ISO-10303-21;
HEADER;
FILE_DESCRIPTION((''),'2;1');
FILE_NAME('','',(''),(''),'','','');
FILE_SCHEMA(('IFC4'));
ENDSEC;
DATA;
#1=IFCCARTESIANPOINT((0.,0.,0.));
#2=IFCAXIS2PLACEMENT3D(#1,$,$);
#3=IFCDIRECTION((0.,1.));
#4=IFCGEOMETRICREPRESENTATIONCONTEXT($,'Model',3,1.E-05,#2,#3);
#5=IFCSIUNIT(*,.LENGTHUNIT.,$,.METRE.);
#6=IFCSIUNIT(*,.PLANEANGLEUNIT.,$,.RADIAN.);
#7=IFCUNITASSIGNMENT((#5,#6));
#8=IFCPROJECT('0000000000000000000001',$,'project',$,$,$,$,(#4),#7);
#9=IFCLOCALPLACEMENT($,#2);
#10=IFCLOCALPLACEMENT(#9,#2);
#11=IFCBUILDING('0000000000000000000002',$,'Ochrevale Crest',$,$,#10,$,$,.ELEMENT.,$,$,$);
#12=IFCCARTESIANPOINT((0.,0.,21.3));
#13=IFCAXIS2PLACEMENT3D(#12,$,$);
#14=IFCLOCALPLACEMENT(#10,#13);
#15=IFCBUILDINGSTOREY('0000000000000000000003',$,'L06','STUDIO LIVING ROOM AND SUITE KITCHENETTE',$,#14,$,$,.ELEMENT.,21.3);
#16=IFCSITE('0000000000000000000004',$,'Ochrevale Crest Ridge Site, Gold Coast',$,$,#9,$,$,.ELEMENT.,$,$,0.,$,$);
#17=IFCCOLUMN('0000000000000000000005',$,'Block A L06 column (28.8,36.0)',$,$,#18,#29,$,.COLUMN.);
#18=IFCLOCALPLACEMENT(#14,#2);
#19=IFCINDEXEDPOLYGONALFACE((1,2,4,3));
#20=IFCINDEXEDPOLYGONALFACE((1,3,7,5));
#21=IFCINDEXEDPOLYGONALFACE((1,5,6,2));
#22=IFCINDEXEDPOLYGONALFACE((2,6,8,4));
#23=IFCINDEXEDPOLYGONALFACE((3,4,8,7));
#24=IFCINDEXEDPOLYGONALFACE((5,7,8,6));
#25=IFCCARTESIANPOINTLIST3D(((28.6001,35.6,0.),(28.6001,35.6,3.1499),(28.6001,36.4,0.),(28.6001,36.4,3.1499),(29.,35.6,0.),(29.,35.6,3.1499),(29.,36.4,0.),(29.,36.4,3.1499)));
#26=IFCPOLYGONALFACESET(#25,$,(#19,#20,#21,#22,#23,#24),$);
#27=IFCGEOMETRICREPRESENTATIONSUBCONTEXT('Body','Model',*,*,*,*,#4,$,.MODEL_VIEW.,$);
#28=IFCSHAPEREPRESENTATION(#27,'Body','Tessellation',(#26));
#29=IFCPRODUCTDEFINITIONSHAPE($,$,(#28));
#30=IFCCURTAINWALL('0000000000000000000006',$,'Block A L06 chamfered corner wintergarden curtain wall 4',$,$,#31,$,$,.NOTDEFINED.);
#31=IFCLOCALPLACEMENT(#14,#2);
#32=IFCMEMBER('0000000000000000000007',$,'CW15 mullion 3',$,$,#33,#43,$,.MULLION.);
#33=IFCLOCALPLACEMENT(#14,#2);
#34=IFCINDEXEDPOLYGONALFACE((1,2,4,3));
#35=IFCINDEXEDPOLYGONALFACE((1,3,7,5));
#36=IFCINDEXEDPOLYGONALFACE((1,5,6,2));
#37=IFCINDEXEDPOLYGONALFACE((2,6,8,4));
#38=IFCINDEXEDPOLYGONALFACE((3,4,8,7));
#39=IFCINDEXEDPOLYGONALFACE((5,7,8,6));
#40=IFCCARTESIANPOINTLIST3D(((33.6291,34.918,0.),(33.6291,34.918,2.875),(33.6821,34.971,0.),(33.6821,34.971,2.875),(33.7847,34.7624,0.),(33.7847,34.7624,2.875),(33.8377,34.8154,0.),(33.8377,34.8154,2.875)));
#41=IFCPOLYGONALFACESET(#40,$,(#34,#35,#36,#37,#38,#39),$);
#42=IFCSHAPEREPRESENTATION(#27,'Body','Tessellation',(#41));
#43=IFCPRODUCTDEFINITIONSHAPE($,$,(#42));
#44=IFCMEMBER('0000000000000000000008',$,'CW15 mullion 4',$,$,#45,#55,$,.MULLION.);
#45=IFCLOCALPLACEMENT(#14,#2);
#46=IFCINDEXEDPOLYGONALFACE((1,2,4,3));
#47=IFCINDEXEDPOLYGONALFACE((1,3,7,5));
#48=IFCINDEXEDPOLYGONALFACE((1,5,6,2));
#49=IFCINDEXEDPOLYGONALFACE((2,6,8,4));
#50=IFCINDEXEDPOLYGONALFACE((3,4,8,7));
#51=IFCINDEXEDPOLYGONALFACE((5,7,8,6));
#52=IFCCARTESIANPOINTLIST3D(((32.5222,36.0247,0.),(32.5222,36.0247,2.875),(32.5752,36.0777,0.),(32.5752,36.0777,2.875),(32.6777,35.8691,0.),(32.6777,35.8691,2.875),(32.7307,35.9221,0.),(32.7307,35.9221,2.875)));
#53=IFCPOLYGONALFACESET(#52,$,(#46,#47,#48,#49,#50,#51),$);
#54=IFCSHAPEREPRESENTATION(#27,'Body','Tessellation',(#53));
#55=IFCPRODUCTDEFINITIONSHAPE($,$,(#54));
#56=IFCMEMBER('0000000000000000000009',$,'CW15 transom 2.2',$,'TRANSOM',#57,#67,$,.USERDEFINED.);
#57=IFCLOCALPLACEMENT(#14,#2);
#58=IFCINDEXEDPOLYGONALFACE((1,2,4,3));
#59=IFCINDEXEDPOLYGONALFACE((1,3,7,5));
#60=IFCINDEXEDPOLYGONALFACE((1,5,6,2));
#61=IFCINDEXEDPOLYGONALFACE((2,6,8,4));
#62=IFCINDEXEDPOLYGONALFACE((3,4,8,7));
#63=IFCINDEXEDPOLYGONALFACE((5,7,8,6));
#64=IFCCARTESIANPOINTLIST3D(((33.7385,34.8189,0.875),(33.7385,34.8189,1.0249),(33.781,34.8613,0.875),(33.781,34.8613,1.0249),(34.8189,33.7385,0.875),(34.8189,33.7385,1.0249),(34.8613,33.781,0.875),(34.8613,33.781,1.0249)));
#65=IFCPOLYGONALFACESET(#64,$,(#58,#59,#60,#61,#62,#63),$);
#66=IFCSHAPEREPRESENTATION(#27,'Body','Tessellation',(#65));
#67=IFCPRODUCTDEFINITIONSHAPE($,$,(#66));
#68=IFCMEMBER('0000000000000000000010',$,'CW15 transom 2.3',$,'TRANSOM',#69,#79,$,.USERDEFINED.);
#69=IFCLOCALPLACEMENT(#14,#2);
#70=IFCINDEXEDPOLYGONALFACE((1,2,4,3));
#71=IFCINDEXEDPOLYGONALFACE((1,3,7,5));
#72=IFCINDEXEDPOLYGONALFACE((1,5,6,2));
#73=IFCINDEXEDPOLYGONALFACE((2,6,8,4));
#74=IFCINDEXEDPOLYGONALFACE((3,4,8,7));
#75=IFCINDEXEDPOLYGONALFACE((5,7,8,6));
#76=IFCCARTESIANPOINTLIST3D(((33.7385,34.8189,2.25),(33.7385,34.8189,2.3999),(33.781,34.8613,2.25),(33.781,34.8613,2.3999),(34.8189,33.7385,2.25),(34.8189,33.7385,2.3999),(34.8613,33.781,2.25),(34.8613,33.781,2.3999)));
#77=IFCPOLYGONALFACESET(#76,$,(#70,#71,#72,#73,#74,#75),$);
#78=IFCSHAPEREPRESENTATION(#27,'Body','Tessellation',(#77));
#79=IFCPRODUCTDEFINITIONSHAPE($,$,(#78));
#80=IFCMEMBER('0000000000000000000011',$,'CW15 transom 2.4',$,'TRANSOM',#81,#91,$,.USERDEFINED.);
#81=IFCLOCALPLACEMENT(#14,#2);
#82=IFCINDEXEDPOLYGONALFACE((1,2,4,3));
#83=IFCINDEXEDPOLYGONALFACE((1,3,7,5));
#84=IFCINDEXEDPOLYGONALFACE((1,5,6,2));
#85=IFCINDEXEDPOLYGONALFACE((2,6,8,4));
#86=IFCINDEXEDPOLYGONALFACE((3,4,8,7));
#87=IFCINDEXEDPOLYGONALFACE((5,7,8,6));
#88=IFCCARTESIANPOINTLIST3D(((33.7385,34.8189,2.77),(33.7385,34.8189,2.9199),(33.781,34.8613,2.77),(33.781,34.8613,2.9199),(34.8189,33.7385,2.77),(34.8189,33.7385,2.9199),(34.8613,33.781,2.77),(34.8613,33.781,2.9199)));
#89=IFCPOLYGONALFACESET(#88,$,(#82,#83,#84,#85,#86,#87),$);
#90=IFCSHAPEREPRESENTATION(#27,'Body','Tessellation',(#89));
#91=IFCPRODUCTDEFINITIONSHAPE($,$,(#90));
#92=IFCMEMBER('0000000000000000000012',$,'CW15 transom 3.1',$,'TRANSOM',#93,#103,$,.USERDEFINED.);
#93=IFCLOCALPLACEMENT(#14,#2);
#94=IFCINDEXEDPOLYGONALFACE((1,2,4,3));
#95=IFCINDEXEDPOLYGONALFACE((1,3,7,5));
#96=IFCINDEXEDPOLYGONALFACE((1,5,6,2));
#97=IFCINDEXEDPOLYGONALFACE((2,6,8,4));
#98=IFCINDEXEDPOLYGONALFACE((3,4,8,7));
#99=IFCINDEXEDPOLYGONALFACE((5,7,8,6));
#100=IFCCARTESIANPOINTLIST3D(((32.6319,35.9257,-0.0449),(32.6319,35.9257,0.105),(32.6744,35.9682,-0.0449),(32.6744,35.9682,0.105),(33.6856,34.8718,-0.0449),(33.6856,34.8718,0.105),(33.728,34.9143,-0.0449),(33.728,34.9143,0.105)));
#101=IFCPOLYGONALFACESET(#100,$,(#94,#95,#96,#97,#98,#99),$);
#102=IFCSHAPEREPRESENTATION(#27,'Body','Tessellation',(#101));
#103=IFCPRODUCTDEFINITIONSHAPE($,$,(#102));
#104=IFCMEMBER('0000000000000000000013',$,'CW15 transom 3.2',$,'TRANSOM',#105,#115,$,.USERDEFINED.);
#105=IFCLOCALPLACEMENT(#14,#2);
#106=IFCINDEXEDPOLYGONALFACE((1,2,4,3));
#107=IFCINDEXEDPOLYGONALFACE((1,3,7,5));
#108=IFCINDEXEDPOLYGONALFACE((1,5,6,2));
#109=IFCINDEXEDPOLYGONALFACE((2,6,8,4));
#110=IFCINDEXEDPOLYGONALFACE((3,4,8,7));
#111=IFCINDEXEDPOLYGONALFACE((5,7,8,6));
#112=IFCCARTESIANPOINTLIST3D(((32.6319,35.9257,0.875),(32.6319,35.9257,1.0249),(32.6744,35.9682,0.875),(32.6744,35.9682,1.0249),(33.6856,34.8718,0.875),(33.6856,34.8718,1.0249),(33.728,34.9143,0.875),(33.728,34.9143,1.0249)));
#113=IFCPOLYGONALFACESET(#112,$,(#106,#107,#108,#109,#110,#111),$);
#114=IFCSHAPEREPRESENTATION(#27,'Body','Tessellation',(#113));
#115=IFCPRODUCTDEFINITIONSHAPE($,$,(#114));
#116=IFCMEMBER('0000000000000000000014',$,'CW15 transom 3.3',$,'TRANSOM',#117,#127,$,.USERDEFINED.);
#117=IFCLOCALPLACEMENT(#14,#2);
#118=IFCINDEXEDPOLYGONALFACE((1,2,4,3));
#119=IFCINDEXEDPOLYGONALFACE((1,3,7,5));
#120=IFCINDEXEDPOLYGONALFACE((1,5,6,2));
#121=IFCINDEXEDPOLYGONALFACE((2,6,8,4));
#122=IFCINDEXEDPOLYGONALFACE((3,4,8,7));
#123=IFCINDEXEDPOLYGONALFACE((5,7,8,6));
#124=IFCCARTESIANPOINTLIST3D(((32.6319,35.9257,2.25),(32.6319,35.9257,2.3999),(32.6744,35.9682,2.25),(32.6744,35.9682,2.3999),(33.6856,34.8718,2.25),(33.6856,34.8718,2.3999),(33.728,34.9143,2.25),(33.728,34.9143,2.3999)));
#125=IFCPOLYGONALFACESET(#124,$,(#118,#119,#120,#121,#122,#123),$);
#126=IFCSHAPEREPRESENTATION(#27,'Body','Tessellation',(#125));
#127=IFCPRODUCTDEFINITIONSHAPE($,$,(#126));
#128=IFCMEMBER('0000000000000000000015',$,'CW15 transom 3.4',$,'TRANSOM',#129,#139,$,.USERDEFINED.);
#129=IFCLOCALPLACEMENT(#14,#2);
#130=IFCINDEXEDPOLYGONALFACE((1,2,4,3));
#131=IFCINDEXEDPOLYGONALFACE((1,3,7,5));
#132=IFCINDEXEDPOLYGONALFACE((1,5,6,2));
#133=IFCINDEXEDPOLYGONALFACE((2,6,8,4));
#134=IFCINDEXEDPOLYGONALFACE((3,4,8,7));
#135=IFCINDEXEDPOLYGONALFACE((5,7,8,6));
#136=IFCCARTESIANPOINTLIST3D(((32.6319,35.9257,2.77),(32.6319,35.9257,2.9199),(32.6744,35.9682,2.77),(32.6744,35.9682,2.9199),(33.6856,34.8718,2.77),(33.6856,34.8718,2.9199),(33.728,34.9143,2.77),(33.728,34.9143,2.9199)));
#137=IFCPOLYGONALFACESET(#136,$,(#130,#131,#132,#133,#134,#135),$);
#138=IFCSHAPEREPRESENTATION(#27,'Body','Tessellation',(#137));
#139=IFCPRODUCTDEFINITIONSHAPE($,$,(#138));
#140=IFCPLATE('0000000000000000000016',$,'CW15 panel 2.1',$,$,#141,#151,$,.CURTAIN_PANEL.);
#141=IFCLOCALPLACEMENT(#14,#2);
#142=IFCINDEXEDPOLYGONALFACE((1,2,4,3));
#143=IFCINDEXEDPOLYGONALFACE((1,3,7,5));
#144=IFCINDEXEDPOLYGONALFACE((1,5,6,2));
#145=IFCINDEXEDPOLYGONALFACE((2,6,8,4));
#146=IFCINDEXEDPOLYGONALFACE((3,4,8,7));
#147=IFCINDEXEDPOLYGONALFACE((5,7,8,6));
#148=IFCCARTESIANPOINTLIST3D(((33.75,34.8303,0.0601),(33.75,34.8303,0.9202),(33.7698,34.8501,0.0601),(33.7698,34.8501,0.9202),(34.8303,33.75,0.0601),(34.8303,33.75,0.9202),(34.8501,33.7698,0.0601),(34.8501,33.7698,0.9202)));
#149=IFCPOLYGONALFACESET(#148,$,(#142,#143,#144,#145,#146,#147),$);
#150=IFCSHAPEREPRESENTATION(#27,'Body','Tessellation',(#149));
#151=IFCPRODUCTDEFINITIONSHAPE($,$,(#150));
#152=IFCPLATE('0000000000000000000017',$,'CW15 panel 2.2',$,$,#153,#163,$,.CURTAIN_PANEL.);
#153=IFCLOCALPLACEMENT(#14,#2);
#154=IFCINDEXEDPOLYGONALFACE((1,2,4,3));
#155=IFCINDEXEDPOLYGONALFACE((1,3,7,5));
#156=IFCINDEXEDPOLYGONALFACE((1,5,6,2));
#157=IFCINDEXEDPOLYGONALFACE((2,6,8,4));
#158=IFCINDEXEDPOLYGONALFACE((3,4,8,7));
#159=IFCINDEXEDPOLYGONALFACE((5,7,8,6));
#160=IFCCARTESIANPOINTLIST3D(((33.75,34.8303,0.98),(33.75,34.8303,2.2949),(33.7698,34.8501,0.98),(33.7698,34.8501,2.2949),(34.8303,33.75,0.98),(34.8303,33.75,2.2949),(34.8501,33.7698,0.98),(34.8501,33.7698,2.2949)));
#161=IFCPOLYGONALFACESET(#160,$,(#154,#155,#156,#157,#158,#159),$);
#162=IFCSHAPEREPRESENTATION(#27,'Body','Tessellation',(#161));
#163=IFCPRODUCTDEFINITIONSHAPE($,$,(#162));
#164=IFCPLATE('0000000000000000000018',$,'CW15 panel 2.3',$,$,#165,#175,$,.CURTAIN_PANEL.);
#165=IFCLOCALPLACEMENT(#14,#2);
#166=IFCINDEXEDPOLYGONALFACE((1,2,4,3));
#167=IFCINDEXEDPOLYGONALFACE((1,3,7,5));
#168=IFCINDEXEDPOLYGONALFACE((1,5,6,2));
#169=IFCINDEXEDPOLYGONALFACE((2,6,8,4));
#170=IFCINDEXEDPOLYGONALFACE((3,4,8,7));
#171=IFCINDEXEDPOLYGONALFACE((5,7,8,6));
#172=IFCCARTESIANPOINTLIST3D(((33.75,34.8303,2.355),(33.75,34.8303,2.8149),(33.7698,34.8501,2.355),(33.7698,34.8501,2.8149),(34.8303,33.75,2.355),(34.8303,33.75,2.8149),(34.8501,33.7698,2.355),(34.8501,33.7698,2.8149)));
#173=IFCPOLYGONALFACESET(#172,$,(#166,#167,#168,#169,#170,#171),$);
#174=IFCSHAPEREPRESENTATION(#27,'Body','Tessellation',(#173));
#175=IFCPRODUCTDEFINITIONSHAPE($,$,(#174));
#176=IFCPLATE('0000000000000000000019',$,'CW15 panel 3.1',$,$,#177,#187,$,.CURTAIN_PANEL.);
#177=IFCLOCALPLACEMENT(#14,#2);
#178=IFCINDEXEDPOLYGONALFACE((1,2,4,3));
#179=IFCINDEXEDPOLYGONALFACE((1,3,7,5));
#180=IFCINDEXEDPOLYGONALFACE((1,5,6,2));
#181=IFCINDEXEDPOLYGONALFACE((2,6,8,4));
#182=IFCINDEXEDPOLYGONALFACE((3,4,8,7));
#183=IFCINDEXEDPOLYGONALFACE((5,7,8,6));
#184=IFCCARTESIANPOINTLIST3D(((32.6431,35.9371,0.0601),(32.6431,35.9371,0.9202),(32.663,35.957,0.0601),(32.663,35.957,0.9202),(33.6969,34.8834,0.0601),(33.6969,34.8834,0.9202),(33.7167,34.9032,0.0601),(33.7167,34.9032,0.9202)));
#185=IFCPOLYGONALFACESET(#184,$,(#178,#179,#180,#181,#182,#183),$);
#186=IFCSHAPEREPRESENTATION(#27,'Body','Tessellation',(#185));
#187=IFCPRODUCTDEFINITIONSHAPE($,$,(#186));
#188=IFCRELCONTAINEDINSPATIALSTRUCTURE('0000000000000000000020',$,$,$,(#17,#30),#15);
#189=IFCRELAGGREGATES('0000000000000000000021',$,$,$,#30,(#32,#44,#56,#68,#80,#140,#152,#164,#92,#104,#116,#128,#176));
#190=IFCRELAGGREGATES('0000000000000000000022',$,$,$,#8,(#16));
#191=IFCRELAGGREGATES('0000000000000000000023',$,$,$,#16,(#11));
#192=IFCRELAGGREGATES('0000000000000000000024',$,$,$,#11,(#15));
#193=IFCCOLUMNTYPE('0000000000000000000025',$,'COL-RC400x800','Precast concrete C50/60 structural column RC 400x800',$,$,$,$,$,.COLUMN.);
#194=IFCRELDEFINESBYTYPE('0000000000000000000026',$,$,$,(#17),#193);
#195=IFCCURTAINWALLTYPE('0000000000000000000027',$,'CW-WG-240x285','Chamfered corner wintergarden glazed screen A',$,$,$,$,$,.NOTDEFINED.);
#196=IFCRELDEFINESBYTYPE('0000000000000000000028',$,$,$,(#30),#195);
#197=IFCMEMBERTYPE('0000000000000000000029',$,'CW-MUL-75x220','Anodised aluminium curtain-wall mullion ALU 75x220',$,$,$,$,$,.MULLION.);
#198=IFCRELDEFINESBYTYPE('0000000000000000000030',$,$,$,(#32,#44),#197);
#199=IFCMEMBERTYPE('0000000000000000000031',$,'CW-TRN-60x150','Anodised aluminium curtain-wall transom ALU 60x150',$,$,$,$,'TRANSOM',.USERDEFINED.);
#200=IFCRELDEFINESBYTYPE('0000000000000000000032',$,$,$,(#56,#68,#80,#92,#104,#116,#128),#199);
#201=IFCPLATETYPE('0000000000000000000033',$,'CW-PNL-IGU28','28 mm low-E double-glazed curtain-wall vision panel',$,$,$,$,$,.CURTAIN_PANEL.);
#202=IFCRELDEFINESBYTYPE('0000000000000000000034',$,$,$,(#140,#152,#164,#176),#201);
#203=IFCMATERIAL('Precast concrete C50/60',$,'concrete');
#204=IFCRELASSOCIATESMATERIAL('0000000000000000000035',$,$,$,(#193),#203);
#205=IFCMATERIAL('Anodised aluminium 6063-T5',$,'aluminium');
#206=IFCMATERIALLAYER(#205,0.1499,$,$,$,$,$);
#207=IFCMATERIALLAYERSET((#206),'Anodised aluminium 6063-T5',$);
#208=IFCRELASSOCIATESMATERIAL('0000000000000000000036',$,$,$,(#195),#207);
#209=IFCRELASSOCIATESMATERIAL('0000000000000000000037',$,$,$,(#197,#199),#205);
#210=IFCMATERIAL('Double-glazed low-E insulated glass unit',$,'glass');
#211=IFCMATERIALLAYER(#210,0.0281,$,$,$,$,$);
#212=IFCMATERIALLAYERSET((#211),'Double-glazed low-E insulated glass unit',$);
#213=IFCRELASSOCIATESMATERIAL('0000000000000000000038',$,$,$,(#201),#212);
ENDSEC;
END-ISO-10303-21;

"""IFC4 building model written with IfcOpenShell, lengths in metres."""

from ifc_helpers import new_model, si_unit, direction, frame, origin, origin_2d, place, context, subcontext, project, spatial, rectangle, extrude, material, layer, layer_set, material_profile, profile_set, type_object, element, aggregate, save


model = new_model("IFC4")

# Units and contexts
model_context = context("Model", 3, precision=1e-05, world=origin(), true_north=direction((0.0, 1.0)))
body_context = subcontext(model_context, "Body", "Model", "MODEL_VIEW")
ifc_project = project(units=[si_unit("LENGTHUNIT", "METRE"), si_unit("PLANEANGLEUNIT", "RADIAN")], contexts=[model_context])

# Site, building, storey
site_placement = place(None, origin())
site = spatial("IfcSite", under=ifc_project, at=site_placement, Name="Ochrevale Crest Ridge Site, Gold Coast", CompositionType="ELEMENT", RefElevation=0.0)
building_placement = place(site_placement, origin())
building = spatial("IfcBuilding", under=site, at=building_placement, Name="Ochrevale Crest", CompositionType="ELEMENT")
storey_placement = place(building_placement, frame((0.0, 0.0, 21.3)))
storey = spatial("IfcBuildingStorey", under=building, at=storey_placement, Name="L06", Description="STUDIO LIVING ROOM AND SUITE KITCHENETTE", CompositionType="ELEMENT", Elevation=21.3)

# Column
ifc_material_1 = material(Name="Precast concrete C50/60", Category="concrete")
ifc_material_profile_1 = material_profile(ifc_material_1, rectangle(XDim=0.3999, YDim=0.8, at=origin_2d()), Name="RC 400x800")
ifc_profile_set_1 = profile_set([ifc_material_profile_1], Name="Precast concrete C50/60")
column_type = type_object("IfcColumnType", Name="COL-RC400x800", Description="Precast concrete C50/60 structural column RC 400x800", PredefinedType="COLUMN", material=ifc_profile_set_1)
column_placement = place(storey_placement, frame((28.8, 36.0, 0.0), z_axis=(0.0, 0.0, 1.0), x_axis=(1.0, 0.0, 0.0)))
element("IfcColumn", 1, at=column_placement, inside=storey, type_object=column_type, Name="Block A L06 column (28.8,36.0)", PredefinedType="COLUMN", context=body_context, shape_type="SweptSolid", body=[
    extrude(rectangle(XDim=0.3999, YDim=0.8, at=origin_2d()), origin(), (0.0, 0.0, 1.0), 3.1499),
])

# Curtain wall, members, plates
ifc_material_2 = material(Name="Anodised aluminium 6063-T5", Category="aluminium")
ifc_layer_1 = layer(ifc_material_2, 0.1499)
ifc_layer_set_1 = layer_set([ifc_layer_1], Name="Anodised aluminium 6063-T5")
curtain_wall_type = type_object("IfcCurtainWallType", Name="CW-WG-240x285", Description="Chamfered corner wintergarden glazed screen A", PredefinedType="NOTDEFINED", material=ifc_layer_set_1)
curtain_wall_placement = place(storey_placement, origin())
curtain_wall = element("IfcCurtainWall", 2, at=curtain_wall_placement, inside=storey, type_object=curtain_wall_type, Name="Block A L06 chamfered corner wintergarden curtain wall 4", PredefinedType="NOTDEFINED")
ifc_material_profile_2 = material_profile(ifc_material_2, rectangle(XDim=0.075, YDim=0.22, at=origin_2d()), Name="ALU 75x220")
ifc_profile_set_2 = profile_set([ifc_material_profile_2], Name="Anodised aluminium 6063-T5")
member_type_1 = type_object("IfcMemberType", Name="CW-MUL-75x220", Description="Anodised aluminium curtain-wall mullion ALU 75x220", PredefinedType="MULLION", material=ifc_profile_set_2)
member_1_placement = place(storey_placement, frame((33.7334, 34.8667, 0.0), z_axis=(0.0, 0.0, 1.0), x_axis=(-0.707107, -0.707107, 0.0)))
member_1 = element("IfcMember", 3, at=member_1_placement, type_object=member_type_1, Name="CW15 mullion 3", PredefinedType="MULLION", context=body_context, shape_type="SweptSolid", body=[
    extrude(rectangle(XDim=0.075, YDim=0.22, at=origin_2d()), origin(), (0.0, 0.0, 1.0), 2.875),
])
member_2_placement = place(storey_placement, frame((32.6265, 35.9734, 0.0), z_axis=(0.0, 0.0, 1.0), x_axis=(-0.707107, -0.707107, 0.0)))
member_2 = element("IfcMember", 4, at=member_2_placement, type_object=member_type_1, Name="CW15 mullion 4", PredefinedType="MULLION", context=body_context, shape_type="SweptSolid", body=[
    extrude(rectangle(XDim=0.075, YDim=0.22, at=origin_2d()), origin(), (0.0, 0.0, 1.0), 2.875),
])
ifc_material_profile_3 = material_profile(ifc_material_2, rectangle(XDim=0.0601, YDim=0.1499, at=origin_2d()), Name="ALU 60x150")
ifc_profile_set_3 = profile_set([ifc_material_profile_3], Name="Anodised aluminium 6063-T5")
member_type_2 = type_object("IfcMemberType", Name="CW-TRN-60x150", Description="Anodised aluminium curtain-wall transom ALU 60x150", ElementType="TRANSOM", PredefinedType="USERDEFINED", material=ifc_profile_set_3)
member_3_placement = place(storey_placement, frame((34.8401, 33.7598, 0.95), z_axis=(-0.707107, 0.707107, 0.0), x_axis=(-0.707107, -0.707107, 0.0)))
member_3 = element("IfcMember", 5, at=member_3_placement, type_object=member_type_2, Name="CW15 transom 2.2", ObjectType="TRANSOM", PredefinedType="USERDEFINED", context=body_context, shape_type="SweptSolid", body=[
    extrude(rectangle(XDim=0.0601, YDim=0.1499, at=origin_2d()), origin(), (0.0, 0.0, 1.0), 1.5278),
])
member_4_placement = place(storey_placement, frame((34.8401, 33.7598, 2.325), z_axis=(-0.707107, 0.707107, 0.0), x_axis=(-0.707107, -0.707107, 0.0)))
member_4 = element("IfcMember", 6, at=member_4_placement, type_object=member_type_2, Name="CW15 transom 2.3", ObjectType="TRANSOM", PredefinedType="USERDEFINED", context=body_context, shape_type="SweptSolid", body=[
    extrude(rectangle(XDim=0.0601, YDim=0.1499, at=origin_2d()), origin(), (0.0, 0.0, 1.0), 1.5278),
])
member_5_placement = place(storey_placement, frame((34.8401, 33.7598, 2.845), z_axis=(-0.707107, 0.707107, 0.0), x_axis=(-0.707107, -0.707107, 0.0)))
member_5 = element("IfcMember", 7, at=member_5_placement, type_object=member_type_2, Name="CW15 transom 2.4", ObjectType="TRANSOM", PredefinedType="USERDEFINED", context=body_context, shape_type="SweptSolid", body=[
    extrude(rectangle(XDim=0.0601, YDim=0.1499, at=origin_2d()), origin(), (0.0, 0.0, 1.0), 1.5278),
])
member_6_placement = place(storey_placement, frame((33.7068, 34.8931, 0.03), z_axis=(-0.707025, 0.707189, 0.0), x_axis=(-0.707189, -0.707025, 0.0)))
member_6 = element("IfcMember", 8, at=member_6_placement, type_object=member_type_2, Name="CW15 transom 3.1", ObjectType="TRANSOM", PredefinedType="USERDEFINED", context=body_context, shape_type="SweptSolid", body=[
    extrude(rectangle(XDim=0.0601, YDim=0.1499, at=origin_2d()), origin(), (0.0, 0.0, 1.0), 1.4902),
])
member_7_placement = place(storey_placement, frame((33.7068, 34.8931, 0.95), z_axis=(-0.707025, 0.707189, 0.0), x_axis=(-0.707189, -0.707025, 0.0)))
member_7 = element("IfcMember", 9, at=member_7_placement, type_object=member_type_2, Name="CW15 transom 3.2", ObjectType="TRANSOM", PredefinedType="USERDEFINED", context=body_context, shape_type="SweptSolid", body=[
    extrude(rectangle(XDim=0.0601, YDim=0.1499, at=origin_2d()), origin(), (0.0, 0.0, 1.0), 1.4902),
])
member_8_placement = place(storey_placement, frame((33.7068, 34.8931, 2.325), z_axis=(-0.707025, 0.707189, 0.0), x_axis=(-0.707189, -0.707025, 0.0)))
member_8 = element("IfcMember", 10, at=member_8_placement, type_object=member_type_2, Name="CW15 transom 3.3", ObjectType="TRANSOM", PredefinedType="USERDEFINED", context=body_context, shape_type="SweptSolid", body=[
    extrude(rectangle(XDim=0.0601, YDim=0.1499, at=origin_2d()), origin(), (0.0, 0.0, 1.0), 1.4902),
])
member_9_placement = place(storey_placement, frame((33.7068, 34.8931, 2.845), z_axis=(-0.707025, 0.707189, 0.0), x_axis=(-0.707189, -0.707025, 0.0)))
member_9 = element("IfcMember", 11, at=member_9_placement, type_object=member_type_2, Name="CW15 transom 3.4", ObjectType="TRANSOM", PredefinedType="USERDEFINED", context=body_context, shape_type="SweptSolid", body=[
    extrude(rectangle(XDim=0.0601, YDim=0.1499, at=origin_2d()), origin(), (0.0, 0.0, 1.0), 1.4902),
])
ifc_material_3 = material(Name="Double-glazed low-E insulated glass unit", Category="glass")
ifc_layer_2 = layer(ifc_material_3, 0.0281)
ifc_layer_set_2 = layer_set([ifc_layer_2], Name="Double-glazed low-E insulated glass unit")
plate_type = type_object("IfcPlateType", Name="CW-PNL-IGU28", Description="28 mm low-E double-glazed curtain-wall vision panel", PredefinedType="CURTAIN_PANEL", material=ifc_layer_set_2)
plate_1_placement = place(storey_placement, frame((34.3, 34.3, 0.0601), z_axis=(0.0, 0.0, 1.0), x_axis=(-0.707107, 0.707107, 0.0)))
plate_1 = element("IfcPlate", 12, at=plate_1_placement, type_object=plate_type, Name="CW15 panel 2.1", PredefinedType="CURTAIN_PANEL", context=body_context, shape_type="SweptSolid", body=[
    extrude(rectangle(XDim=1.5278, YDim=0.0281, at=origin_2d()), origin(), (0.0, 0.0, 1.0), 0.8601),
])
plate_2_placement = place(storey_placement, frame((34.3, 34.3, 0.98), z_axis=(0.0, 0.0, 1.0), x_axis=(-0.707107, 0.707107, 0.0)))
plate_2 = element("IfcPlate", 13, at=plate_2_placement, type_object=plate_type, Name="CW15 panel 2.2", PredefinedType="CURTAIN_PANEL", context=body_context, shape_type="SweptSolid", body=[
    extrude(rectangle(XDim=1.5278, YDim=0.0281, at=origin_2d()), origin(), (0.0, 0.0, 1.0), 1.3149),
])
plate_3_placement = place(storey_placement, frame((34.3, 34.3, 2.355), z_axis=(0.0, 0.0, 1.0), x_axis=(-0.707107, 0.707107, 0.0)))
plate_3 = element("IfcPlate", 14, at=plate_3_placement, type_object=plate_type, Name="CW15 panel 2.3", PredefinedType="CURTAIN_PANEL", context=body_context, shape_type="SweptSolid", body=[
    extrude(rectangle(XDim=1.5278, YDim=0.0281, at=origin_2d()), origin(), (0.0, 0.0, 1.0), 0.46),
])
plate_4_placement = place(storey_placement, frame((33.1799, 35.4202, 0.0601), z_axis=(0.0, 0.0, 1.0), x_axis=(-0.707107, 0.707107, 0.0)))
plate_4 = element("IfcPlate", 15, at=plate_4_placement, type_object=plate_type, Name="CW15 panel 3.1", PredefinedType="CURTAIN_PANEL", context=body_context, shape_type="SweptSolid", body=[
    extrude(rectangle(XDim=1.4902, YDim=0.0281, at=origin_2d()), origin(), (0.0, 0.0, 1.0), 0.8601),
])
aggregate(curtain_wall, [member_1, member_2, member_3, member_4, member_5, plate_1, plate_2, plate_3, member_6, member_7, member_8, member_9, plate_4])

save(model, "model.ifc")
